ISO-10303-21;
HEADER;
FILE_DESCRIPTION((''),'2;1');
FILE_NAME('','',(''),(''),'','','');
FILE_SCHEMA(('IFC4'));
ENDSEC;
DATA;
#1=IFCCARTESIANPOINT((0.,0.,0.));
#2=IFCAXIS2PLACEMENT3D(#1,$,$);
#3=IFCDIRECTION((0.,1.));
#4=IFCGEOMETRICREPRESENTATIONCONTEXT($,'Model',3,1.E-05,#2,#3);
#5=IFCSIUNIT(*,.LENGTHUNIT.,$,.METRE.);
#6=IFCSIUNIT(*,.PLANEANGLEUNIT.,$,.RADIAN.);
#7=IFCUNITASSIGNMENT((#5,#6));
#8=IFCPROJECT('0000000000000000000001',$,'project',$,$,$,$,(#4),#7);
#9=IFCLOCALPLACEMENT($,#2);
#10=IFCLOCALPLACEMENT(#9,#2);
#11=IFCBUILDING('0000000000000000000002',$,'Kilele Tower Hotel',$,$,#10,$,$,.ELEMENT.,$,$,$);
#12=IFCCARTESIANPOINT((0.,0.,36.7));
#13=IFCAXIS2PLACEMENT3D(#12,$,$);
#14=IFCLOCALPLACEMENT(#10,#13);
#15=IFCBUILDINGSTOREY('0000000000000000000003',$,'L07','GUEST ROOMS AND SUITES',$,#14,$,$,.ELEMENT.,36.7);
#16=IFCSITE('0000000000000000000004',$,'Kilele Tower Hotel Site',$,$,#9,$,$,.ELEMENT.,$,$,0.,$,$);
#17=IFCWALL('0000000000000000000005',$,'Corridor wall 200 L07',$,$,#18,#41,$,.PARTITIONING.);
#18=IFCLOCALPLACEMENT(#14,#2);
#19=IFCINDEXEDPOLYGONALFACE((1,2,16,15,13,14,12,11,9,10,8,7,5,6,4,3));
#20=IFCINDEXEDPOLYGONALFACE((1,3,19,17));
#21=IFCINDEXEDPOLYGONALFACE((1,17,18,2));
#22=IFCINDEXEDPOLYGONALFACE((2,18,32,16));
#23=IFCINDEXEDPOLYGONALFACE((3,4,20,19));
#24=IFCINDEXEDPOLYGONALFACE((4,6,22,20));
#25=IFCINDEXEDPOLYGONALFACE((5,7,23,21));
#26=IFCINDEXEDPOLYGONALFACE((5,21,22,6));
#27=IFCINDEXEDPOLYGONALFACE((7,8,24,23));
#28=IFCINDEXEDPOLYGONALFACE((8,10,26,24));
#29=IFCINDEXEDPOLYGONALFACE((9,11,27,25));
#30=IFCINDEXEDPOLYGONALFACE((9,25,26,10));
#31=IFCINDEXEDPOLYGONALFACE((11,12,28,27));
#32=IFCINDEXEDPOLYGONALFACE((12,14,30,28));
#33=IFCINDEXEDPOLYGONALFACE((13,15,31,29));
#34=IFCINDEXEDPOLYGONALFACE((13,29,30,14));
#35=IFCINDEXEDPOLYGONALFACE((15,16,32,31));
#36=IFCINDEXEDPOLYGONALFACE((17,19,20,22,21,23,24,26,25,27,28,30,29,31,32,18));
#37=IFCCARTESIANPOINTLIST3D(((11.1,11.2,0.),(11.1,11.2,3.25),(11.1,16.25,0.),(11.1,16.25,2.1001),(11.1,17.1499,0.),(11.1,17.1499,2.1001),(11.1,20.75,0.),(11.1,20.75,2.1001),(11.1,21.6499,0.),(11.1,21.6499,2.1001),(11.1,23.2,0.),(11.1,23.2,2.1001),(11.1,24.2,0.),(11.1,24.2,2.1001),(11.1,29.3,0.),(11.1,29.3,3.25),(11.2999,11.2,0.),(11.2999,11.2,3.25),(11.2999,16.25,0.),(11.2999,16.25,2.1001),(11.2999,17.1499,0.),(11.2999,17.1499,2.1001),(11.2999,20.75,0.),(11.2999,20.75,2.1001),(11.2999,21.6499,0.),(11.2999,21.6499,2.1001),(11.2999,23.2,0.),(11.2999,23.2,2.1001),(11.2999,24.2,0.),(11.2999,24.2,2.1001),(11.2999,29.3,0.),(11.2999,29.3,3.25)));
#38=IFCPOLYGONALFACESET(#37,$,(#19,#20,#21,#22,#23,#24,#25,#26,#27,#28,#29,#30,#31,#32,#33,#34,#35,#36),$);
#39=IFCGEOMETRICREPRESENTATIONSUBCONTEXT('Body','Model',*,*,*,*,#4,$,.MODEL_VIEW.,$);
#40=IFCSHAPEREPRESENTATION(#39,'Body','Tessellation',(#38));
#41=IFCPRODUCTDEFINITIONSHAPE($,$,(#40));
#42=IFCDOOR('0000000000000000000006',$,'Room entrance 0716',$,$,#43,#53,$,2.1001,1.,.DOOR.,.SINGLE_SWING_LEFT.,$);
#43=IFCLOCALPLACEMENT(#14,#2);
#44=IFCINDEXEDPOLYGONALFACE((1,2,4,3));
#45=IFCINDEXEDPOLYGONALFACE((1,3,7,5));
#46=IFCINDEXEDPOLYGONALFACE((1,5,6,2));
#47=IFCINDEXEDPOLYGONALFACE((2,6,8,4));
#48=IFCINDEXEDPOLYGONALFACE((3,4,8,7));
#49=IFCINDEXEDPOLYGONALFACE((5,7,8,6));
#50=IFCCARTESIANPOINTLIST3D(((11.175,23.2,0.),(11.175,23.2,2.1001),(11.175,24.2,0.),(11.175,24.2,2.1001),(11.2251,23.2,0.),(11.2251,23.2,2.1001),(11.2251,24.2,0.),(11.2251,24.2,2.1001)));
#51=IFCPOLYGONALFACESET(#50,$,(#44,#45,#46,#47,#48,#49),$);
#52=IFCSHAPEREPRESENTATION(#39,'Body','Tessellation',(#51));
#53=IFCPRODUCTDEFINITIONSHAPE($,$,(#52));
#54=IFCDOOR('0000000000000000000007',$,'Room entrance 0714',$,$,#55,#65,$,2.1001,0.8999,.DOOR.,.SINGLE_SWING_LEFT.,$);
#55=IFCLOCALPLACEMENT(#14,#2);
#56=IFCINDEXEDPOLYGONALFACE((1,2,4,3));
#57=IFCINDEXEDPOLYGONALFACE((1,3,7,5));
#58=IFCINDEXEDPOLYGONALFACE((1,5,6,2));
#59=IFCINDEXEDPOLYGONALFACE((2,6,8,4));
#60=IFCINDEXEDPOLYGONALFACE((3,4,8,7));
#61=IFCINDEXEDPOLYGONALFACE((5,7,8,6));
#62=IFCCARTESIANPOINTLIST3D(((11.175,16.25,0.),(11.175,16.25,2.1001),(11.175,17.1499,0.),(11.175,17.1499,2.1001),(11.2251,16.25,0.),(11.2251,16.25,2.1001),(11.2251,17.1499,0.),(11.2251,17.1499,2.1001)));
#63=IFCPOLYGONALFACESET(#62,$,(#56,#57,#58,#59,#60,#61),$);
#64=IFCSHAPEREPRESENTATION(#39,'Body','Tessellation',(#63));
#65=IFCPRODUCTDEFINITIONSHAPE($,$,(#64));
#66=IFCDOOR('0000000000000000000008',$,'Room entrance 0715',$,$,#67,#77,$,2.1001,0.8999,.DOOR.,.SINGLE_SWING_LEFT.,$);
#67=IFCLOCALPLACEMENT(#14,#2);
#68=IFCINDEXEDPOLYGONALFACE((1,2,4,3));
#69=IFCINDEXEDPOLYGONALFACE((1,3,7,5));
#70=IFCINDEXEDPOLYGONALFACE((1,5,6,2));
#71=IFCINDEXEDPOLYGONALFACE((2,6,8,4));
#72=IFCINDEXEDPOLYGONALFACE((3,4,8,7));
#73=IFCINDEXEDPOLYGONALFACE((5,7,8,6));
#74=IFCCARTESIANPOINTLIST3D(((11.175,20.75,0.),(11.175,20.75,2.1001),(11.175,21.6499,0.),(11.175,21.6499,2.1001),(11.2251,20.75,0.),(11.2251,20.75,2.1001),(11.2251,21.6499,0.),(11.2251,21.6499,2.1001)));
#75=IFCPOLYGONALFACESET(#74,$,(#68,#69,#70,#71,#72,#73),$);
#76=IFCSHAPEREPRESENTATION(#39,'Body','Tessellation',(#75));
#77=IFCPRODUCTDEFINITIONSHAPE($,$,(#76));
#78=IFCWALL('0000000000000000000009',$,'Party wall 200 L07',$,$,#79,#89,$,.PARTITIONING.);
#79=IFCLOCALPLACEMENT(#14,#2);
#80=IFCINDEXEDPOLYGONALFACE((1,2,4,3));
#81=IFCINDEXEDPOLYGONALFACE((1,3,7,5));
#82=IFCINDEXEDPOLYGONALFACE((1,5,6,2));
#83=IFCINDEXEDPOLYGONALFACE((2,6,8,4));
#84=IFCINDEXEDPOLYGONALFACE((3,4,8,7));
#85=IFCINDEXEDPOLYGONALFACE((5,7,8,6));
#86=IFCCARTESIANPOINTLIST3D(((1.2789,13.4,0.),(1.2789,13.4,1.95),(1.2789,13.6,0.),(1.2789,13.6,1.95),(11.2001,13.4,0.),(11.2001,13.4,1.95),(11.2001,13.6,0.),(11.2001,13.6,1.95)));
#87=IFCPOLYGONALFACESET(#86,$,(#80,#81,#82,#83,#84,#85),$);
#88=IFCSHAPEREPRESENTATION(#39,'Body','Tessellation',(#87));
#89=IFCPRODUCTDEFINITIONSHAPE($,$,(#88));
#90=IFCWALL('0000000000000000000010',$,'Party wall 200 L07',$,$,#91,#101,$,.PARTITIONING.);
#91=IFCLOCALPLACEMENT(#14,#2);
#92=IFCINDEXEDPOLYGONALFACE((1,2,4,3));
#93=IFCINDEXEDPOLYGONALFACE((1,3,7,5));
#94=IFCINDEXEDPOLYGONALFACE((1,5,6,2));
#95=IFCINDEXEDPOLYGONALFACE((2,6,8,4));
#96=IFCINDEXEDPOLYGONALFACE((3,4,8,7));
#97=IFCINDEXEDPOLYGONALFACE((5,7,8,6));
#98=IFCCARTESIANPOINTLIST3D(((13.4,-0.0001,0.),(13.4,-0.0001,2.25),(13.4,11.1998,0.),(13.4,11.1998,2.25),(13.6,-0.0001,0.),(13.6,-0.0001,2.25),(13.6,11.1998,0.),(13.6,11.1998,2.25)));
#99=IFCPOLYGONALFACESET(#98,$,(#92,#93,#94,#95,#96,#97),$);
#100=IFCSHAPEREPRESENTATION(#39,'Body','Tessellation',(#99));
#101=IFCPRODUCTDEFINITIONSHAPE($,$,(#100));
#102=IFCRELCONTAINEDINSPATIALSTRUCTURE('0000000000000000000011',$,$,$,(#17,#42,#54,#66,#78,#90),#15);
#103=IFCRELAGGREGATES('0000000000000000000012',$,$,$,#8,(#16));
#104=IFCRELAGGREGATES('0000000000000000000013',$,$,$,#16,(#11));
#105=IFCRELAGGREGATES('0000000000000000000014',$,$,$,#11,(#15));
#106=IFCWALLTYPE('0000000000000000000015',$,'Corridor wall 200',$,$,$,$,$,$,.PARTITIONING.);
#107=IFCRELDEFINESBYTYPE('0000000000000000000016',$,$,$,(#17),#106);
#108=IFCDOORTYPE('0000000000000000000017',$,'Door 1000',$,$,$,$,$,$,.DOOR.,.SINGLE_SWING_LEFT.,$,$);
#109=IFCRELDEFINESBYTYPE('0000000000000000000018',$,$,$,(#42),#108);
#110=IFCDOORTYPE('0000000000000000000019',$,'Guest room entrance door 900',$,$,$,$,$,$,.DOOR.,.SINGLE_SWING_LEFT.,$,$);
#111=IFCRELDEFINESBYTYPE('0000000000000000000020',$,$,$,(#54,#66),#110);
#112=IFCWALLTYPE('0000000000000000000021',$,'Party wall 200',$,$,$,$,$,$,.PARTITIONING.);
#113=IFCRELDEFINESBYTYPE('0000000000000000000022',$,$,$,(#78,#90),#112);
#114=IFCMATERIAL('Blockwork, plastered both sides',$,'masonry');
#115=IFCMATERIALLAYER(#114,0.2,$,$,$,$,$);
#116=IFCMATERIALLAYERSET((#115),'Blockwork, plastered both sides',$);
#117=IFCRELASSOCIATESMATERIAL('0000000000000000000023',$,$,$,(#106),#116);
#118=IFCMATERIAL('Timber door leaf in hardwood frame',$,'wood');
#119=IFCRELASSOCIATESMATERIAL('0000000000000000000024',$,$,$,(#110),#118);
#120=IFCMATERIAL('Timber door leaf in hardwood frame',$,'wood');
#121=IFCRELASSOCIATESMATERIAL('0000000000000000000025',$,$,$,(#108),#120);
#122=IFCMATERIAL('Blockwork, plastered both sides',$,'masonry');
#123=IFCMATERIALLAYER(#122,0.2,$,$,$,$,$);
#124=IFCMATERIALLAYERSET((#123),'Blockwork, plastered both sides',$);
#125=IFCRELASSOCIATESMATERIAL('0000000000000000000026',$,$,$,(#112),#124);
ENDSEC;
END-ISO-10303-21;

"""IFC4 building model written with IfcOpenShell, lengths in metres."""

from ifc_helpers import new_model, si_unit, direction, frame, frame_2d, origin, place, context, subcontext, project, spatial, rectangle, extrude, material, layer, layer_set, type_object, element, fill, save


model = new_model("IFC4")

# Units and contexts
model_context = context("Model", 3, precision=1e-05, world=origin(), true_north=direction((0.0, 1.0)))
body_context = subcontext(model_context, "Body", "Model", "MODEL_VIEW")
ifc_project = project(units=[si_unit("LENGTHUNIT", "METRE"), si_unit("PLANEANGLEUNIT", "RADIAN")], contexts=[model_context])

# Site, building, storey
site_placement = place(None, origin())
site = spatial("IfcSite", under=ifc_project, at=site_placement, Name="Kilele Tower Hotel Site", CompositionType="ELEMENT", RefElevation=0.0)
building_placement = place(site_placement, origin())
building = spatial("IfcBuilding", under=site, at=building_placement, Name="Kilele Tower Hotel", CompositionType="ELEMENT")
storey_placement = place(building_placement, frame((0.0, 0.0, 36.7)))
storey = spatial("IfcBuildingStorey", under=building, at=storey_placement, Name="L07", Description="GUEST ROOMS AND SUITES", CompositionType="ELEMENT", Elevation=36.7)

# Wall, openings, doors
ifc_material_1 = material(Name="Blockwork, plastered both sides", Category="masonry")
ifc_layer_1 = layer(ifc_material_1, 0.2)
ifc_layer_set_1 = layer_set([ifc_layer_1], Name="Blockwork, plastered both sides")
wall_type_1 = type_object("IfcWallType", Name="Corridor wall 200", PredefinedType="PARTITIONING", material=ifc_layer_set_1)
ifc_material_2 = material(Name="Timber door leaf in hardwood frame", Category="wood")
door_type_1 = type_object("IfcDoorType", Name="Guest room entrance door 900", OperationType="SINGLE_SWING_LEFT", PredefinedType="DOOR", material=ifc_material_2)
wall_1_placement = place(storey_placement, frame((11.2, 11.2, 0.0), z_axis=(0.0, 0.0, 1.0), x_axis=(0.0, 1.0, 0.0)))
wall_1 = element("IfcWall", 1, at=wall_1_placement, inside=storey, type_object=wall_type_1, Name="Corridor wall 200 L07", PredefinedType="PARTITIONING", context=body_context, shape_type="SweptSolid", body=[
    extrude(rectangle(XDim=18.1001, YDim=0.2, at=frame_2d((9.05, 0.0))), origin(), (0.0, 0.0, 1.0), 3.25),
])
opening_1_placement = place(wall_1_placement, frame((5.05, 0.0, 0.0)))
opening_1 = element("IfcOpeningElement", 2, at=opening_1_placement, cuts=wall_1, PredefinedType="OPENING", context=body_context, shape_type="SweptSolid", body=[
    extrude(rectangle(XDim=0.8999, YDim=2.1001, at=frame_2d((0.45, 1.05))), frame((0.0, 0.1099, 0.0), z_axis=(0.0, -1.0, 0.0), x_axis=(1.0, 0.0, 0.0)), (0.0, 0.0, 1.0), 0.22),
])
opening_2_placement = place(wall_1_placement, frame((9.55, 0.0, 0.0)))
opening_2 = element("IfcOpeningElement", 3, at=opening_2_placement, cuts=wall_1, PredefinedType="OPENING", context=body_context, shape_type="SweptSolid", body=[
    extrude(rectangle(XDim=0.8999, YDim=2.1001, at=frame_2d((0.45, 1.05))), frame((0.0, 0.1099, 0.0), z_axis=(0.0, -1.0, 0.0), x_axis=(1.0, 0.0, 0.0)), (0.0, 0.0, 1.0), 0.22),
])
opening_3_placement = place(wall_1_placement, frame((12.0, 0.0, 0.0)))
opening_3 = element("IfcOpeningElement", 4, at=opening_3_placement, cuts=wall_1, PredefinedType="OPENING", context=body_context, shape_type="SweptSolid", body=[
    extrude(rectangle(XDim=1.0, YDim=2.1001, at=frame_2d((0.5, 1.05))), frame((0.0, 0.1099, 0.0), z_axis=(0.0, -1.0, 0.0), x_axis=(1.0, 0.0, 0.0)), (0.0, 0.0, 1.0), 0.22),
])
ifc_material_3 = material(Name="Timber door leaf in hardwood frame", Category="wood")
door_type_2 = type_object("IfcDoorType", Name="Door 1000", OperationType="SINGLE_SWING_LEFT", PredefinedType="DOOR", material=ifc_material_3)
door_1_placement = place(opening_3_placement, origin())
door_1 = element("IfcDoor", 5, at=door_1_placement, inside=storey, type_object=door_type_2, Name="Room entrance 0716", OperationType="SINGLE_SWING_LEFT", OverallHeight=2.1001, OverallWidth=1.0, PredefinedType="DOOR", context=body_context, shape_type="SweptSolid", body=[
    extrude(rectangle(XDim=1.0, YDim=2.1001, at=frame_2d((0.5, 1.05))), frame((0.0, 0.0249, 0.0), z_axis=(0.0, -1.0, 0.0), x_axis=(1.0, 0.0, 0.0)), (0.0, 0.0, 1.0), 0.05),
])
fill(opening_3, door_1)
door_2_placement = place(opening_1_placement, origin())
door_2 = element("IfcDoor", 6, at=door_2_placement, inside=storey, type_object=door_type_1, Name="Room entrance 0714", OperationType="SINGLE_SWING_LEFT", OverallHeight=2.1001, OverallWidth=0.8999, PredefinedType="DOOR", context=body_context, shape_type="SweptSolid", body=[
    extrude(rectangle(XDim=0.8999, YDim=2.1001, at=frame_2d((0.45, 1.05))), frame((0.0, 0.0249, 0.0), z_axis=(0.0, -1.0, 0.0), x_axis=(1.0, 0.0, 0.0)), (0.0, 0.0, 1.0), 0.05),
])
fill(opening_1, door_2)
door_3_placement = place(opening_2_placement, origin())
door_3 = element("IfcDoor", 7, at=door_3_placement, inside=storey, type_object=door_type_1, Name="Room entrance 0715", OperationType="SINGLE_SWING_LEFT", OverallHeight=2.1001, OverallWidth=0.8999, PredefinedType="DOOR", context=body_context, shape_type="SweptSolid", body=[
    extrude(rectangle(XDim=0.8999, YDim=2.1001, at=frame_2d((0.45, 1.05))), frame((0.0, 0.0249, 0.0), z_axis=(0.0, -1.0, 0.0), x_axis=(1.0, 0.0, 0.0)), (0.0, 0.0, 1.0), 0.05),
])
fill(opening_2, door_3)

# Walls
ifc_material_4 = material(Name="Blockwork, plastered both sides", Category="masonry")
ifc_layer_2 = layer(ifc_material_4, 0.2)
ifc_layer_set_2 = layer_set([ifc_layer_2], Name="Blockwork, plastered both sides")
wall_type_2 = type_object("IfcWallType", Name="Party wall 200", PredefinedType="PARTITIONING", material=ifc_layer_set_2)
wall_2_placement = place(storey_placement, frame((11.2, 13.5, 0.0), z_axis=(0.0, 0.0, 1.0), x_axis=(-1.0, 0.0, 0.0)))
element("IfcWall", 8, at=wall_2_placement, inside=storey, type_object=wall_type_2, Name="Party wall 200 L07", PredefinedType="PARTITIONING", context=body_context, shape_type="SweptSolid", body=[
    extrude(rectangle(XDim=9.9211, YDim=0.2, at=frame_2d((4.9604, 0.0))), origin(), (0.0, 0.0, 1.0), 1.95),
])
wall_3_placement = place(storey_placement, frame((13.5, 11.2, 0.0), z_axis=(0.0, 0.0, 1.0), x_axis=(0.0, -1.0, 0.0)))
element("IfcWall", 9, at=wall_3_placement, inside=storey, type_object=wall_type_2, Name="Party wall 200 L07", PredefinedType="PARTITIONING", context=body_context, shape_type="SweptSolid", body=[
    extrude(rectangle(XDim=11.2, YDim=0.2, at=frame_2d((5.6001, 0.0))), origin(), (0.0, 0.0, 1.0), 2.25),
])

save(model, "model.ifc")
